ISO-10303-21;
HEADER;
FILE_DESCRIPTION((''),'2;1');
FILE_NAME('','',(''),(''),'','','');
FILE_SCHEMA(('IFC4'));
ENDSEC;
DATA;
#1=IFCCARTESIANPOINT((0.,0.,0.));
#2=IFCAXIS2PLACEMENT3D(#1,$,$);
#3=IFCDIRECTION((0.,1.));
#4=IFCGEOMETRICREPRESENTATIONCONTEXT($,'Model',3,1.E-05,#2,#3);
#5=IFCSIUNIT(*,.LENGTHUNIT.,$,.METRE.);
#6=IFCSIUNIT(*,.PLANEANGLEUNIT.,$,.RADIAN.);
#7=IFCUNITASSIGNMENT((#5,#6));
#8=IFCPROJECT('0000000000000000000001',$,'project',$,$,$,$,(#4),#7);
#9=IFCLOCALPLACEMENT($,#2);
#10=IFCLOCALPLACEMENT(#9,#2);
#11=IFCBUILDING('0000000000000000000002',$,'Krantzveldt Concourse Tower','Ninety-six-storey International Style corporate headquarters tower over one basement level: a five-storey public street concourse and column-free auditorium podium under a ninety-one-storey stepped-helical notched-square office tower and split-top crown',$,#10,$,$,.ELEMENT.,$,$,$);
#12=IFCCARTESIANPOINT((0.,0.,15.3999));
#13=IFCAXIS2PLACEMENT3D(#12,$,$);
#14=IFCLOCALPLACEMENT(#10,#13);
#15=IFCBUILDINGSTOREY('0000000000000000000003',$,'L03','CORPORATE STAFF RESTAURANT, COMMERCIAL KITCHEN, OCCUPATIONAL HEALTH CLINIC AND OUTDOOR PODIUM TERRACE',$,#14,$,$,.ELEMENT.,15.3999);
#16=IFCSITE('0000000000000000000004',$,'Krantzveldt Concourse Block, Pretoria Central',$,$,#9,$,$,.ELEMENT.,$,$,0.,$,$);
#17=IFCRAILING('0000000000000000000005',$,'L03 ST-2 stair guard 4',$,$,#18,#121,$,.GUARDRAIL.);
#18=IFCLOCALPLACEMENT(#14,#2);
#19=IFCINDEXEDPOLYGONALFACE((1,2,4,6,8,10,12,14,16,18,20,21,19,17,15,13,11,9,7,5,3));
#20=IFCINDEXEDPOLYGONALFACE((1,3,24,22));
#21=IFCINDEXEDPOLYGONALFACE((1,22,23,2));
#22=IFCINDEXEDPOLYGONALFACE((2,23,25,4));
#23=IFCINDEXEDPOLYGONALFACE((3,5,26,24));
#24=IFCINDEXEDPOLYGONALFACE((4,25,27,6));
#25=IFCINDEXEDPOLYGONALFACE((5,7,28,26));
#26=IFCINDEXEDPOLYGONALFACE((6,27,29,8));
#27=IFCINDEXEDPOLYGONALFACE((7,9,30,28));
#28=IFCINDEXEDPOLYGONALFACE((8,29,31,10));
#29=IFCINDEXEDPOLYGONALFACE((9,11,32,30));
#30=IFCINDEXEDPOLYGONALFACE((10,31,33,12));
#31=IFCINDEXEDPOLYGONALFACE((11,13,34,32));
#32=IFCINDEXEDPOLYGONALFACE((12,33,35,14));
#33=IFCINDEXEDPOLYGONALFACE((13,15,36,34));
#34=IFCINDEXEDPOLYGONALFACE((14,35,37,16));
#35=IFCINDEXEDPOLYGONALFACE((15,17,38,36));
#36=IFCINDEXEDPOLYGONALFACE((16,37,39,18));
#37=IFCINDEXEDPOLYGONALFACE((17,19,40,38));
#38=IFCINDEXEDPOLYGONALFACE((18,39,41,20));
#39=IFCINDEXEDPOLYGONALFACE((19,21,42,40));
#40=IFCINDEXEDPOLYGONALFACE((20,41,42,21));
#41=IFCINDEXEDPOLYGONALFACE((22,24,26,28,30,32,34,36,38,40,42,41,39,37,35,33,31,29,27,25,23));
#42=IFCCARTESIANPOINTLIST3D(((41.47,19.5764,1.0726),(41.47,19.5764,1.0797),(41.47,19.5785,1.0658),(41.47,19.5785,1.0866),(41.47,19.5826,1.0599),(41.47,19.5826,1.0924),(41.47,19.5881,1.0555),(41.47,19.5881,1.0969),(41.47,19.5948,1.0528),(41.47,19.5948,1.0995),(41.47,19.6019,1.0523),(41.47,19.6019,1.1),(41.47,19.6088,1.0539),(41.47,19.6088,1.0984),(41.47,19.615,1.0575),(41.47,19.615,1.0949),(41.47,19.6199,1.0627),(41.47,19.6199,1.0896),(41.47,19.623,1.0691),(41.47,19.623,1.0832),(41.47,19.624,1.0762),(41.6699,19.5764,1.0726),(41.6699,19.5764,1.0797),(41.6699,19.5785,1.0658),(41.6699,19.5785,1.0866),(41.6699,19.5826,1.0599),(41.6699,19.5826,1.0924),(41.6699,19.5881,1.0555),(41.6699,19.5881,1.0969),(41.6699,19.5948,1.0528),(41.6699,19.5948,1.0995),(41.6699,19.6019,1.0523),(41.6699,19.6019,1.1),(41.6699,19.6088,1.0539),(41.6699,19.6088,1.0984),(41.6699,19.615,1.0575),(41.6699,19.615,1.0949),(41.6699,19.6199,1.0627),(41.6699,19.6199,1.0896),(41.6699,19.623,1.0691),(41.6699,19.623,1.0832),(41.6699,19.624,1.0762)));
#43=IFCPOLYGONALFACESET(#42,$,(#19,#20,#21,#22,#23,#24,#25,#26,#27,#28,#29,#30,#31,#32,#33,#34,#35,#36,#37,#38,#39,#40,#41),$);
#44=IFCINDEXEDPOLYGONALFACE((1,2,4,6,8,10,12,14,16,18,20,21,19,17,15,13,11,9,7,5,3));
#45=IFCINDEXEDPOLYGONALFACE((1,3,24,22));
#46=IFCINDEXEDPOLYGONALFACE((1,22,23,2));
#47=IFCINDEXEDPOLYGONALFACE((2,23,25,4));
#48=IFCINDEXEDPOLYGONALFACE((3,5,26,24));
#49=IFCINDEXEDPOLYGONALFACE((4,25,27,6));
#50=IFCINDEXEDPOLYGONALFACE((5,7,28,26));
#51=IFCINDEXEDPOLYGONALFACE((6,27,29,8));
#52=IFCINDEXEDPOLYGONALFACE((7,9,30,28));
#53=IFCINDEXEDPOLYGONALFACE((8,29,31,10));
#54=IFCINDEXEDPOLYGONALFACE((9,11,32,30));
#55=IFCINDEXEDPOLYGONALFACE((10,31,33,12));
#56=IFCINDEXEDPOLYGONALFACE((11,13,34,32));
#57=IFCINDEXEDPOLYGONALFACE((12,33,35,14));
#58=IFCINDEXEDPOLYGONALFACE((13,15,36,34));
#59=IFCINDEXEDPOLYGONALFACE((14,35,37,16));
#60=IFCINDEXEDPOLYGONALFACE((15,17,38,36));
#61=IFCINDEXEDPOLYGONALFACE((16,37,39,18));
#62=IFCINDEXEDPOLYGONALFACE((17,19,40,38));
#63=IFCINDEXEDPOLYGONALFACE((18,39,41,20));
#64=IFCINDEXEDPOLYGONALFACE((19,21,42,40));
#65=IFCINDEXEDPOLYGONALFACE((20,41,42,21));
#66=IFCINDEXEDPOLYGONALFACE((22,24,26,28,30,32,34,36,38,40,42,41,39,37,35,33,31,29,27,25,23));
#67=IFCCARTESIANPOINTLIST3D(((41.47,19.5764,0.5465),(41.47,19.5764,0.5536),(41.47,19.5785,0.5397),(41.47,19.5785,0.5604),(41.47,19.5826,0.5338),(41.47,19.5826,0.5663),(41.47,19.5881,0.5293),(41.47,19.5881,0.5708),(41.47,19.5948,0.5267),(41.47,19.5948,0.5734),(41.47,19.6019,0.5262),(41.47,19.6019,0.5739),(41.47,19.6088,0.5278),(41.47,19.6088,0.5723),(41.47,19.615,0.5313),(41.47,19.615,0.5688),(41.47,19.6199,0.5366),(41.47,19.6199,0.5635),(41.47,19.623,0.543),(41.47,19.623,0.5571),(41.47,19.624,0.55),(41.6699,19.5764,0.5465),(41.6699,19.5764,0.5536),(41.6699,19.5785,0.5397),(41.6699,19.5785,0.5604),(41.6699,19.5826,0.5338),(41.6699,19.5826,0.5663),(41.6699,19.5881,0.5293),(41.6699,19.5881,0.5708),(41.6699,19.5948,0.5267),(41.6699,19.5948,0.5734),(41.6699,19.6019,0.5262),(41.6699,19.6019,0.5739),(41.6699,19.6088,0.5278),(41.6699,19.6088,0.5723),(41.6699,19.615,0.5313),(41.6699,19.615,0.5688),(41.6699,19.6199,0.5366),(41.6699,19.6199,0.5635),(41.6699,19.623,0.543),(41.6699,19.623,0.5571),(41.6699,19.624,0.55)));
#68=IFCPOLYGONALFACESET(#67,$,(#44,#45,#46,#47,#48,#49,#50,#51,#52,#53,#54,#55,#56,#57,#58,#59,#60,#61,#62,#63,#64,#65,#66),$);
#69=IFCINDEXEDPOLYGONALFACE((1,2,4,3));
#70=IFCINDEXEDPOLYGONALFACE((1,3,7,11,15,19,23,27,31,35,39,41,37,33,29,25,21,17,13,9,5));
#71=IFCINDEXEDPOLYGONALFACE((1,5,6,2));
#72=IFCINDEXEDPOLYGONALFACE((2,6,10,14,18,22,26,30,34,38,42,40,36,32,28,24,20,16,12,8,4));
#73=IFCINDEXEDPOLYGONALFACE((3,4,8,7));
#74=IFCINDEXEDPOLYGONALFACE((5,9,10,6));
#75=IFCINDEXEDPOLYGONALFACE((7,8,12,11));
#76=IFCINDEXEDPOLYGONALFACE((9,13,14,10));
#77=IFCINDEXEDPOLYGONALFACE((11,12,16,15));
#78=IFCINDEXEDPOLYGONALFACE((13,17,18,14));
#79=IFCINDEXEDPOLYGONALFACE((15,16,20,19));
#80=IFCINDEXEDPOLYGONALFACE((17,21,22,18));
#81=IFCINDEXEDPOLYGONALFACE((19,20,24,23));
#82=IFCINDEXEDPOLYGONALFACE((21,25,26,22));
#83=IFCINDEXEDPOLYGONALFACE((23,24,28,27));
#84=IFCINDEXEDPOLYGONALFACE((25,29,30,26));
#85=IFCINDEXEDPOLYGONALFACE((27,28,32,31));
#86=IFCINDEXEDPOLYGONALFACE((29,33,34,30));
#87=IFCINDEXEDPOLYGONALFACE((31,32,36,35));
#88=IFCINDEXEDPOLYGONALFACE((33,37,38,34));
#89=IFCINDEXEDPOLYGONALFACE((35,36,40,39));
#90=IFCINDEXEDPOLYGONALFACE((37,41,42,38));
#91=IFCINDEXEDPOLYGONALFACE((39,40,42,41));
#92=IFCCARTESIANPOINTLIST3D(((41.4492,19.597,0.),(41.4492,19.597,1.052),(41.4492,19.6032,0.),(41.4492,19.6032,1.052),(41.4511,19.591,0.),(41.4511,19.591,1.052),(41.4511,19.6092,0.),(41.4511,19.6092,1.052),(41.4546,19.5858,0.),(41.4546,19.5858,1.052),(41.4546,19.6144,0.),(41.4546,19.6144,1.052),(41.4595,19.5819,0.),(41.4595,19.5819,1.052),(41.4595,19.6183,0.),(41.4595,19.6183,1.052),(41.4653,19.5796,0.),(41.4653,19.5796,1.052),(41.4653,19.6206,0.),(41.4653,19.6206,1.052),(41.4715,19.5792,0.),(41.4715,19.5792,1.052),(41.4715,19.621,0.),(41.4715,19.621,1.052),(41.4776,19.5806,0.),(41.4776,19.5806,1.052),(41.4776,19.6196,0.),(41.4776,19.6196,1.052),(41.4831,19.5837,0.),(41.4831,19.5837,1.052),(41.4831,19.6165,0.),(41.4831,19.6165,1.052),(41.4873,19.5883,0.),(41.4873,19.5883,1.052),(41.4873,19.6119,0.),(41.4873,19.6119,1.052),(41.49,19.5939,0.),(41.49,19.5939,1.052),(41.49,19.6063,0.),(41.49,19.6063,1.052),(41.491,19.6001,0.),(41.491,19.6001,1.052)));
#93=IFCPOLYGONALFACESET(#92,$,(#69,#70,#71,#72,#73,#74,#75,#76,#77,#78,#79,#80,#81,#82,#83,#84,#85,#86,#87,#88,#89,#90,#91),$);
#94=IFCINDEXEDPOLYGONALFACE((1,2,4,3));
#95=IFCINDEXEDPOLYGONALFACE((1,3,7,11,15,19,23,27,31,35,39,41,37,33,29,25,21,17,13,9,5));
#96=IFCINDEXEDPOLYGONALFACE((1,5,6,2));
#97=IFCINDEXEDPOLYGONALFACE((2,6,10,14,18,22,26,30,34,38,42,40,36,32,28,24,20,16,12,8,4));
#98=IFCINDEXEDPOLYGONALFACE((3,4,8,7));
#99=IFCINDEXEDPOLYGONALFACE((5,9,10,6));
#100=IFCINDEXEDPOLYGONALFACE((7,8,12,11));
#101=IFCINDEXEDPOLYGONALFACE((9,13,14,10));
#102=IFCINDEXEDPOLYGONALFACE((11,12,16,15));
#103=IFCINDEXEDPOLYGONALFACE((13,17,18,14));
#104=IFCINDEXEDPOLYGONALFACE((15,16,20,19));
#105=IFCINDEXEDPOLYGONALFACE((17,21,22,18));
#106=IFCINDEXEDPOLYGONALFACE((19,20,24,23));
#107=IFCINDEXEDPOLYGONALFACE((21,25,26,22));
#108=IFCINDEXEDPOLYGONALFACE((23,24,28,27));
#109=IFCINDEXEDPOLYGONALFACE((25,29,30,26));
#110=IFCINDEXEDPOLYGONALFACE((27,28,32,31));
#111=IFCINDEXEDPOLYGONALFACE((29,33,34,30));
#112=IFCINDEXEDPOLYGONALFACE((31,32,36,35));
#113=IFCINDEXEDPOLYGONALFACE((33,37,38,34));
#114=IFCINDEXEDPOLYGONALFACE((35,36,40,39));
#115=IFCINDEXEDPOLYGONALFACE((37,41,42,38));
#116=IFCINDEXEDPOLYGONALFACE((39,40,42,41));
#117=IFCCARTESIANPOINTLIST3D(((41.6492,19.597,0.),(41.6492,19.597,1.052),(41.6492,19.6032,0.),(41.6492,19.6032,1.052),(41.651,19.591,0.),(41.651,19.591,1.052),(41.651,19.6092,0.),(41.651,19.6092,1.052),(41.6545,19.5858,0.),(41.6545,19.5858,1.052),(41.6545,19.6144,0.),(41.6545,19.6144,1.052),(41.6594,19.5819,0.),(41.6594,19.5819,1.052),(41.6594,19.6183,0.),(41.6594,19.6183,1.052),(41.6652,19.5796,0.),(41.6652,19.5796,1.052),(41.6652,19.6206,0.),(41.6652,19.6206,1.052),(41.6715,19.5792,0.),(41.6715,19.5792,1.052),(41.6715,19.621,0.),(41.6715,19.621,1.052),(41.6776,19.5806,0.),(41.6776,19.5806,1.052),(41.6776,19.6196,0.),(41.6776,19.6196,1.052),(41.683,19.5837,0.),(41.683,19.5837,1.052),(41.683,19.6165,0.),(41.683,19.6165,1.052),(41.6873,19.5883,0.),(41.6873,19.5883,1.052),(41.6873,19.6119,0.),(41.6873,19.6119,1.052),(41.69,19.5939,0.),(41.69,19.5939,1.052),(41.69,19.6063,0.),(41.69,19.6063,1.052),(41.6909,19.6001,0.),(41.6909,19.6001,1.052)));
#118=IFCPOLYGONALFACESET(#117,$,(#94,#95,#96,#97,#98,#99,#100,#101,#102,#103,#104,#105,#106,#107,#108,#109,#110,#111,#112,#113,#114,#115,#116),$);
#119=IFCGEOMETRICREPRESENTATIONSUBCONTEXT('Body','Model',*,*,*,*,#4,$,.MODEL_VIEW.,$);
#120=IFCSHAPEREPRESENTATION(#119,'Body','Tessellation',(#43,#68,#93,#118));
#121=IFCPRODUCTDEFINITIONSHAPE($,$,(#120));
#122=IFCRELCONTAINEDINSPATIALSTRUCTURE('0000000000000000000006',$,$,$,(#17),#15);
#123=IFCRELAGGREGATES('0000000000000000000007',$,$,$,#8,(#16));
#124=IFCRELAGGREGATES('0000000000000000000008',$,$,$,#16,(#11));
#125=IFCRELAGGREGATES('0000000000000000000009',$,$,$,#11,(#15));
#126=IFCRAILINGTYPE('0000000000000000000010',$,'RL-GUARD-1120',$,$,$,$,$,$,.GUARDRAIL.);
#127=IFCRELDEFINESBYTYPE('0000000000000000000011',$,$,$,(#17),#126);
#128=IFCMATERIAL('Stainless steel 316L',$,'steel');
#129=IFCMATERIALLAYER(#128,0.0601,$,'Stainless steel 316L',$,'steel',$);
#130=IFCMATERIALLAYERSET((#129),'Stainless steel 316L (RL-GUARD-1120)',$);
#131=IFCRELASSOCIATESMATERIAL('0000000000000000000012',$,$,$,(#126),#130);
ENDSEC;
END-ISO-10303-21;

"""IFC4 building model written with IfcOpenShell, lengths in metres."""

from ifc_helpers import new_model, si_unit, direction, frame, origin, origin_2d, place, context, subcontext, project, spatial, circle, extrude, material, layer, layer_set, type_object, element, save


model = new_model("IFC4")

# Units and contexts
model_context = context("Model", 3, precision=1e-05, world=origin(), true_north=direction((0.0, 1.0)))
body_context = subcontext(model_context, "Body", "Model", "MODEL_VIEW")
ifc_project = project(units=[si_unit("LENGTHUNIT", "METRE"), si_unit("PLANEANGLEUNIT", "RADIAN")], contexts=[model_context])

# Site, building, storey
site_placement = place(None, origin())
site = spatial("IfcSite", under=ifc_project, at=site_placement, Name="Krantzveldt Concourse Block, Pretoria Central", CompositionType="ELEMENT", RefElevation=0.0)
building_placement = place(site_placement, origin())
building = spatial("IfcBuilding", under=site, at=building_placement, Name="Krantzveldt Concourse Tower", Description="Ninety-six-storey International Style corporate headquarters tower over one basement level: a five-storey public street concourse and column-free auditorium podium under a ninety-one-storey stepped-helical notched-square office tower and split-top crown", CompositionType="ELEMENT")
storey_placement = place(building_placement, frame((0.0, 0.0, 15.3999)))
storey = spatial("IfcBuildingStorey", under=building, at=storey_placement, Name="L03", Description="CORPORATE STAFF RESTAURANT, COMMERCIAL KITCHEN, OCCUPATIONAL HEALTH CLINIC AND OUTDOOR PODIUM TERRACE", CompositionType="ELEMENT", Elevation=15.3999)

# Shared definitions
ifc_material_1 = material(Name="Stainless steel 316L", Category="steel")

# Railing
ifc_layer_1 = layer(ifc_material_1, 0.0601, Name="Stainless steel 316L", Category="steel")
ifc_layer_set_1 = layer_set([ifc_layer_1], Name="Stainless steel 316L (RL-GUARD-1120)")
railing_type_1 = type_object("IfcRailingType", Name="RL-GUARD-1120", PredefinedType="GUARDRAIL", material=ifc_layer_set_1)
railing_1_placement = place(storey_placement, frame((41.47, 19.6001, 0.0)))
element("IfcRailing", 1, at=railing_1_placement, inside=storey, type_object=railing_type_1, Name="L03 ST-2 stair guard 4", PredefinedType="GUARDRAIL", context=body_context, shape_type="SweptSolid", body=[
    extrude(circle(Radius=0.0239, at=origin_2d()), frame((0.0, 0.0, 1.0762), z_axis=(1.0, 0.0, 0.0), x_axis=(0.0, 1.0, 0.0)), (0.0, 0.0, 1.0), 0.2),
    extrude(circle(Radius=0.0239, at=origin_2d()), frame((0.0, 0.0, 0.55), z_axis=(1.0, 0.0, 0.0), x_axis=(0.0, 1.0, 0.0)), (0.0, 0.0, 1.0), 0.2),
    extrude(circle(Radius=0.021, at=origin_2d()), origin(), (0.0, 0.0, 1.0), 1.052),
    extrude(circle(Radius=0.021, at=origin_2d()), frame((0.2, 0.0, 0.0)), (0.0, 0.0, 1.0), 1.052),
])

save(model, "model.ifc")
